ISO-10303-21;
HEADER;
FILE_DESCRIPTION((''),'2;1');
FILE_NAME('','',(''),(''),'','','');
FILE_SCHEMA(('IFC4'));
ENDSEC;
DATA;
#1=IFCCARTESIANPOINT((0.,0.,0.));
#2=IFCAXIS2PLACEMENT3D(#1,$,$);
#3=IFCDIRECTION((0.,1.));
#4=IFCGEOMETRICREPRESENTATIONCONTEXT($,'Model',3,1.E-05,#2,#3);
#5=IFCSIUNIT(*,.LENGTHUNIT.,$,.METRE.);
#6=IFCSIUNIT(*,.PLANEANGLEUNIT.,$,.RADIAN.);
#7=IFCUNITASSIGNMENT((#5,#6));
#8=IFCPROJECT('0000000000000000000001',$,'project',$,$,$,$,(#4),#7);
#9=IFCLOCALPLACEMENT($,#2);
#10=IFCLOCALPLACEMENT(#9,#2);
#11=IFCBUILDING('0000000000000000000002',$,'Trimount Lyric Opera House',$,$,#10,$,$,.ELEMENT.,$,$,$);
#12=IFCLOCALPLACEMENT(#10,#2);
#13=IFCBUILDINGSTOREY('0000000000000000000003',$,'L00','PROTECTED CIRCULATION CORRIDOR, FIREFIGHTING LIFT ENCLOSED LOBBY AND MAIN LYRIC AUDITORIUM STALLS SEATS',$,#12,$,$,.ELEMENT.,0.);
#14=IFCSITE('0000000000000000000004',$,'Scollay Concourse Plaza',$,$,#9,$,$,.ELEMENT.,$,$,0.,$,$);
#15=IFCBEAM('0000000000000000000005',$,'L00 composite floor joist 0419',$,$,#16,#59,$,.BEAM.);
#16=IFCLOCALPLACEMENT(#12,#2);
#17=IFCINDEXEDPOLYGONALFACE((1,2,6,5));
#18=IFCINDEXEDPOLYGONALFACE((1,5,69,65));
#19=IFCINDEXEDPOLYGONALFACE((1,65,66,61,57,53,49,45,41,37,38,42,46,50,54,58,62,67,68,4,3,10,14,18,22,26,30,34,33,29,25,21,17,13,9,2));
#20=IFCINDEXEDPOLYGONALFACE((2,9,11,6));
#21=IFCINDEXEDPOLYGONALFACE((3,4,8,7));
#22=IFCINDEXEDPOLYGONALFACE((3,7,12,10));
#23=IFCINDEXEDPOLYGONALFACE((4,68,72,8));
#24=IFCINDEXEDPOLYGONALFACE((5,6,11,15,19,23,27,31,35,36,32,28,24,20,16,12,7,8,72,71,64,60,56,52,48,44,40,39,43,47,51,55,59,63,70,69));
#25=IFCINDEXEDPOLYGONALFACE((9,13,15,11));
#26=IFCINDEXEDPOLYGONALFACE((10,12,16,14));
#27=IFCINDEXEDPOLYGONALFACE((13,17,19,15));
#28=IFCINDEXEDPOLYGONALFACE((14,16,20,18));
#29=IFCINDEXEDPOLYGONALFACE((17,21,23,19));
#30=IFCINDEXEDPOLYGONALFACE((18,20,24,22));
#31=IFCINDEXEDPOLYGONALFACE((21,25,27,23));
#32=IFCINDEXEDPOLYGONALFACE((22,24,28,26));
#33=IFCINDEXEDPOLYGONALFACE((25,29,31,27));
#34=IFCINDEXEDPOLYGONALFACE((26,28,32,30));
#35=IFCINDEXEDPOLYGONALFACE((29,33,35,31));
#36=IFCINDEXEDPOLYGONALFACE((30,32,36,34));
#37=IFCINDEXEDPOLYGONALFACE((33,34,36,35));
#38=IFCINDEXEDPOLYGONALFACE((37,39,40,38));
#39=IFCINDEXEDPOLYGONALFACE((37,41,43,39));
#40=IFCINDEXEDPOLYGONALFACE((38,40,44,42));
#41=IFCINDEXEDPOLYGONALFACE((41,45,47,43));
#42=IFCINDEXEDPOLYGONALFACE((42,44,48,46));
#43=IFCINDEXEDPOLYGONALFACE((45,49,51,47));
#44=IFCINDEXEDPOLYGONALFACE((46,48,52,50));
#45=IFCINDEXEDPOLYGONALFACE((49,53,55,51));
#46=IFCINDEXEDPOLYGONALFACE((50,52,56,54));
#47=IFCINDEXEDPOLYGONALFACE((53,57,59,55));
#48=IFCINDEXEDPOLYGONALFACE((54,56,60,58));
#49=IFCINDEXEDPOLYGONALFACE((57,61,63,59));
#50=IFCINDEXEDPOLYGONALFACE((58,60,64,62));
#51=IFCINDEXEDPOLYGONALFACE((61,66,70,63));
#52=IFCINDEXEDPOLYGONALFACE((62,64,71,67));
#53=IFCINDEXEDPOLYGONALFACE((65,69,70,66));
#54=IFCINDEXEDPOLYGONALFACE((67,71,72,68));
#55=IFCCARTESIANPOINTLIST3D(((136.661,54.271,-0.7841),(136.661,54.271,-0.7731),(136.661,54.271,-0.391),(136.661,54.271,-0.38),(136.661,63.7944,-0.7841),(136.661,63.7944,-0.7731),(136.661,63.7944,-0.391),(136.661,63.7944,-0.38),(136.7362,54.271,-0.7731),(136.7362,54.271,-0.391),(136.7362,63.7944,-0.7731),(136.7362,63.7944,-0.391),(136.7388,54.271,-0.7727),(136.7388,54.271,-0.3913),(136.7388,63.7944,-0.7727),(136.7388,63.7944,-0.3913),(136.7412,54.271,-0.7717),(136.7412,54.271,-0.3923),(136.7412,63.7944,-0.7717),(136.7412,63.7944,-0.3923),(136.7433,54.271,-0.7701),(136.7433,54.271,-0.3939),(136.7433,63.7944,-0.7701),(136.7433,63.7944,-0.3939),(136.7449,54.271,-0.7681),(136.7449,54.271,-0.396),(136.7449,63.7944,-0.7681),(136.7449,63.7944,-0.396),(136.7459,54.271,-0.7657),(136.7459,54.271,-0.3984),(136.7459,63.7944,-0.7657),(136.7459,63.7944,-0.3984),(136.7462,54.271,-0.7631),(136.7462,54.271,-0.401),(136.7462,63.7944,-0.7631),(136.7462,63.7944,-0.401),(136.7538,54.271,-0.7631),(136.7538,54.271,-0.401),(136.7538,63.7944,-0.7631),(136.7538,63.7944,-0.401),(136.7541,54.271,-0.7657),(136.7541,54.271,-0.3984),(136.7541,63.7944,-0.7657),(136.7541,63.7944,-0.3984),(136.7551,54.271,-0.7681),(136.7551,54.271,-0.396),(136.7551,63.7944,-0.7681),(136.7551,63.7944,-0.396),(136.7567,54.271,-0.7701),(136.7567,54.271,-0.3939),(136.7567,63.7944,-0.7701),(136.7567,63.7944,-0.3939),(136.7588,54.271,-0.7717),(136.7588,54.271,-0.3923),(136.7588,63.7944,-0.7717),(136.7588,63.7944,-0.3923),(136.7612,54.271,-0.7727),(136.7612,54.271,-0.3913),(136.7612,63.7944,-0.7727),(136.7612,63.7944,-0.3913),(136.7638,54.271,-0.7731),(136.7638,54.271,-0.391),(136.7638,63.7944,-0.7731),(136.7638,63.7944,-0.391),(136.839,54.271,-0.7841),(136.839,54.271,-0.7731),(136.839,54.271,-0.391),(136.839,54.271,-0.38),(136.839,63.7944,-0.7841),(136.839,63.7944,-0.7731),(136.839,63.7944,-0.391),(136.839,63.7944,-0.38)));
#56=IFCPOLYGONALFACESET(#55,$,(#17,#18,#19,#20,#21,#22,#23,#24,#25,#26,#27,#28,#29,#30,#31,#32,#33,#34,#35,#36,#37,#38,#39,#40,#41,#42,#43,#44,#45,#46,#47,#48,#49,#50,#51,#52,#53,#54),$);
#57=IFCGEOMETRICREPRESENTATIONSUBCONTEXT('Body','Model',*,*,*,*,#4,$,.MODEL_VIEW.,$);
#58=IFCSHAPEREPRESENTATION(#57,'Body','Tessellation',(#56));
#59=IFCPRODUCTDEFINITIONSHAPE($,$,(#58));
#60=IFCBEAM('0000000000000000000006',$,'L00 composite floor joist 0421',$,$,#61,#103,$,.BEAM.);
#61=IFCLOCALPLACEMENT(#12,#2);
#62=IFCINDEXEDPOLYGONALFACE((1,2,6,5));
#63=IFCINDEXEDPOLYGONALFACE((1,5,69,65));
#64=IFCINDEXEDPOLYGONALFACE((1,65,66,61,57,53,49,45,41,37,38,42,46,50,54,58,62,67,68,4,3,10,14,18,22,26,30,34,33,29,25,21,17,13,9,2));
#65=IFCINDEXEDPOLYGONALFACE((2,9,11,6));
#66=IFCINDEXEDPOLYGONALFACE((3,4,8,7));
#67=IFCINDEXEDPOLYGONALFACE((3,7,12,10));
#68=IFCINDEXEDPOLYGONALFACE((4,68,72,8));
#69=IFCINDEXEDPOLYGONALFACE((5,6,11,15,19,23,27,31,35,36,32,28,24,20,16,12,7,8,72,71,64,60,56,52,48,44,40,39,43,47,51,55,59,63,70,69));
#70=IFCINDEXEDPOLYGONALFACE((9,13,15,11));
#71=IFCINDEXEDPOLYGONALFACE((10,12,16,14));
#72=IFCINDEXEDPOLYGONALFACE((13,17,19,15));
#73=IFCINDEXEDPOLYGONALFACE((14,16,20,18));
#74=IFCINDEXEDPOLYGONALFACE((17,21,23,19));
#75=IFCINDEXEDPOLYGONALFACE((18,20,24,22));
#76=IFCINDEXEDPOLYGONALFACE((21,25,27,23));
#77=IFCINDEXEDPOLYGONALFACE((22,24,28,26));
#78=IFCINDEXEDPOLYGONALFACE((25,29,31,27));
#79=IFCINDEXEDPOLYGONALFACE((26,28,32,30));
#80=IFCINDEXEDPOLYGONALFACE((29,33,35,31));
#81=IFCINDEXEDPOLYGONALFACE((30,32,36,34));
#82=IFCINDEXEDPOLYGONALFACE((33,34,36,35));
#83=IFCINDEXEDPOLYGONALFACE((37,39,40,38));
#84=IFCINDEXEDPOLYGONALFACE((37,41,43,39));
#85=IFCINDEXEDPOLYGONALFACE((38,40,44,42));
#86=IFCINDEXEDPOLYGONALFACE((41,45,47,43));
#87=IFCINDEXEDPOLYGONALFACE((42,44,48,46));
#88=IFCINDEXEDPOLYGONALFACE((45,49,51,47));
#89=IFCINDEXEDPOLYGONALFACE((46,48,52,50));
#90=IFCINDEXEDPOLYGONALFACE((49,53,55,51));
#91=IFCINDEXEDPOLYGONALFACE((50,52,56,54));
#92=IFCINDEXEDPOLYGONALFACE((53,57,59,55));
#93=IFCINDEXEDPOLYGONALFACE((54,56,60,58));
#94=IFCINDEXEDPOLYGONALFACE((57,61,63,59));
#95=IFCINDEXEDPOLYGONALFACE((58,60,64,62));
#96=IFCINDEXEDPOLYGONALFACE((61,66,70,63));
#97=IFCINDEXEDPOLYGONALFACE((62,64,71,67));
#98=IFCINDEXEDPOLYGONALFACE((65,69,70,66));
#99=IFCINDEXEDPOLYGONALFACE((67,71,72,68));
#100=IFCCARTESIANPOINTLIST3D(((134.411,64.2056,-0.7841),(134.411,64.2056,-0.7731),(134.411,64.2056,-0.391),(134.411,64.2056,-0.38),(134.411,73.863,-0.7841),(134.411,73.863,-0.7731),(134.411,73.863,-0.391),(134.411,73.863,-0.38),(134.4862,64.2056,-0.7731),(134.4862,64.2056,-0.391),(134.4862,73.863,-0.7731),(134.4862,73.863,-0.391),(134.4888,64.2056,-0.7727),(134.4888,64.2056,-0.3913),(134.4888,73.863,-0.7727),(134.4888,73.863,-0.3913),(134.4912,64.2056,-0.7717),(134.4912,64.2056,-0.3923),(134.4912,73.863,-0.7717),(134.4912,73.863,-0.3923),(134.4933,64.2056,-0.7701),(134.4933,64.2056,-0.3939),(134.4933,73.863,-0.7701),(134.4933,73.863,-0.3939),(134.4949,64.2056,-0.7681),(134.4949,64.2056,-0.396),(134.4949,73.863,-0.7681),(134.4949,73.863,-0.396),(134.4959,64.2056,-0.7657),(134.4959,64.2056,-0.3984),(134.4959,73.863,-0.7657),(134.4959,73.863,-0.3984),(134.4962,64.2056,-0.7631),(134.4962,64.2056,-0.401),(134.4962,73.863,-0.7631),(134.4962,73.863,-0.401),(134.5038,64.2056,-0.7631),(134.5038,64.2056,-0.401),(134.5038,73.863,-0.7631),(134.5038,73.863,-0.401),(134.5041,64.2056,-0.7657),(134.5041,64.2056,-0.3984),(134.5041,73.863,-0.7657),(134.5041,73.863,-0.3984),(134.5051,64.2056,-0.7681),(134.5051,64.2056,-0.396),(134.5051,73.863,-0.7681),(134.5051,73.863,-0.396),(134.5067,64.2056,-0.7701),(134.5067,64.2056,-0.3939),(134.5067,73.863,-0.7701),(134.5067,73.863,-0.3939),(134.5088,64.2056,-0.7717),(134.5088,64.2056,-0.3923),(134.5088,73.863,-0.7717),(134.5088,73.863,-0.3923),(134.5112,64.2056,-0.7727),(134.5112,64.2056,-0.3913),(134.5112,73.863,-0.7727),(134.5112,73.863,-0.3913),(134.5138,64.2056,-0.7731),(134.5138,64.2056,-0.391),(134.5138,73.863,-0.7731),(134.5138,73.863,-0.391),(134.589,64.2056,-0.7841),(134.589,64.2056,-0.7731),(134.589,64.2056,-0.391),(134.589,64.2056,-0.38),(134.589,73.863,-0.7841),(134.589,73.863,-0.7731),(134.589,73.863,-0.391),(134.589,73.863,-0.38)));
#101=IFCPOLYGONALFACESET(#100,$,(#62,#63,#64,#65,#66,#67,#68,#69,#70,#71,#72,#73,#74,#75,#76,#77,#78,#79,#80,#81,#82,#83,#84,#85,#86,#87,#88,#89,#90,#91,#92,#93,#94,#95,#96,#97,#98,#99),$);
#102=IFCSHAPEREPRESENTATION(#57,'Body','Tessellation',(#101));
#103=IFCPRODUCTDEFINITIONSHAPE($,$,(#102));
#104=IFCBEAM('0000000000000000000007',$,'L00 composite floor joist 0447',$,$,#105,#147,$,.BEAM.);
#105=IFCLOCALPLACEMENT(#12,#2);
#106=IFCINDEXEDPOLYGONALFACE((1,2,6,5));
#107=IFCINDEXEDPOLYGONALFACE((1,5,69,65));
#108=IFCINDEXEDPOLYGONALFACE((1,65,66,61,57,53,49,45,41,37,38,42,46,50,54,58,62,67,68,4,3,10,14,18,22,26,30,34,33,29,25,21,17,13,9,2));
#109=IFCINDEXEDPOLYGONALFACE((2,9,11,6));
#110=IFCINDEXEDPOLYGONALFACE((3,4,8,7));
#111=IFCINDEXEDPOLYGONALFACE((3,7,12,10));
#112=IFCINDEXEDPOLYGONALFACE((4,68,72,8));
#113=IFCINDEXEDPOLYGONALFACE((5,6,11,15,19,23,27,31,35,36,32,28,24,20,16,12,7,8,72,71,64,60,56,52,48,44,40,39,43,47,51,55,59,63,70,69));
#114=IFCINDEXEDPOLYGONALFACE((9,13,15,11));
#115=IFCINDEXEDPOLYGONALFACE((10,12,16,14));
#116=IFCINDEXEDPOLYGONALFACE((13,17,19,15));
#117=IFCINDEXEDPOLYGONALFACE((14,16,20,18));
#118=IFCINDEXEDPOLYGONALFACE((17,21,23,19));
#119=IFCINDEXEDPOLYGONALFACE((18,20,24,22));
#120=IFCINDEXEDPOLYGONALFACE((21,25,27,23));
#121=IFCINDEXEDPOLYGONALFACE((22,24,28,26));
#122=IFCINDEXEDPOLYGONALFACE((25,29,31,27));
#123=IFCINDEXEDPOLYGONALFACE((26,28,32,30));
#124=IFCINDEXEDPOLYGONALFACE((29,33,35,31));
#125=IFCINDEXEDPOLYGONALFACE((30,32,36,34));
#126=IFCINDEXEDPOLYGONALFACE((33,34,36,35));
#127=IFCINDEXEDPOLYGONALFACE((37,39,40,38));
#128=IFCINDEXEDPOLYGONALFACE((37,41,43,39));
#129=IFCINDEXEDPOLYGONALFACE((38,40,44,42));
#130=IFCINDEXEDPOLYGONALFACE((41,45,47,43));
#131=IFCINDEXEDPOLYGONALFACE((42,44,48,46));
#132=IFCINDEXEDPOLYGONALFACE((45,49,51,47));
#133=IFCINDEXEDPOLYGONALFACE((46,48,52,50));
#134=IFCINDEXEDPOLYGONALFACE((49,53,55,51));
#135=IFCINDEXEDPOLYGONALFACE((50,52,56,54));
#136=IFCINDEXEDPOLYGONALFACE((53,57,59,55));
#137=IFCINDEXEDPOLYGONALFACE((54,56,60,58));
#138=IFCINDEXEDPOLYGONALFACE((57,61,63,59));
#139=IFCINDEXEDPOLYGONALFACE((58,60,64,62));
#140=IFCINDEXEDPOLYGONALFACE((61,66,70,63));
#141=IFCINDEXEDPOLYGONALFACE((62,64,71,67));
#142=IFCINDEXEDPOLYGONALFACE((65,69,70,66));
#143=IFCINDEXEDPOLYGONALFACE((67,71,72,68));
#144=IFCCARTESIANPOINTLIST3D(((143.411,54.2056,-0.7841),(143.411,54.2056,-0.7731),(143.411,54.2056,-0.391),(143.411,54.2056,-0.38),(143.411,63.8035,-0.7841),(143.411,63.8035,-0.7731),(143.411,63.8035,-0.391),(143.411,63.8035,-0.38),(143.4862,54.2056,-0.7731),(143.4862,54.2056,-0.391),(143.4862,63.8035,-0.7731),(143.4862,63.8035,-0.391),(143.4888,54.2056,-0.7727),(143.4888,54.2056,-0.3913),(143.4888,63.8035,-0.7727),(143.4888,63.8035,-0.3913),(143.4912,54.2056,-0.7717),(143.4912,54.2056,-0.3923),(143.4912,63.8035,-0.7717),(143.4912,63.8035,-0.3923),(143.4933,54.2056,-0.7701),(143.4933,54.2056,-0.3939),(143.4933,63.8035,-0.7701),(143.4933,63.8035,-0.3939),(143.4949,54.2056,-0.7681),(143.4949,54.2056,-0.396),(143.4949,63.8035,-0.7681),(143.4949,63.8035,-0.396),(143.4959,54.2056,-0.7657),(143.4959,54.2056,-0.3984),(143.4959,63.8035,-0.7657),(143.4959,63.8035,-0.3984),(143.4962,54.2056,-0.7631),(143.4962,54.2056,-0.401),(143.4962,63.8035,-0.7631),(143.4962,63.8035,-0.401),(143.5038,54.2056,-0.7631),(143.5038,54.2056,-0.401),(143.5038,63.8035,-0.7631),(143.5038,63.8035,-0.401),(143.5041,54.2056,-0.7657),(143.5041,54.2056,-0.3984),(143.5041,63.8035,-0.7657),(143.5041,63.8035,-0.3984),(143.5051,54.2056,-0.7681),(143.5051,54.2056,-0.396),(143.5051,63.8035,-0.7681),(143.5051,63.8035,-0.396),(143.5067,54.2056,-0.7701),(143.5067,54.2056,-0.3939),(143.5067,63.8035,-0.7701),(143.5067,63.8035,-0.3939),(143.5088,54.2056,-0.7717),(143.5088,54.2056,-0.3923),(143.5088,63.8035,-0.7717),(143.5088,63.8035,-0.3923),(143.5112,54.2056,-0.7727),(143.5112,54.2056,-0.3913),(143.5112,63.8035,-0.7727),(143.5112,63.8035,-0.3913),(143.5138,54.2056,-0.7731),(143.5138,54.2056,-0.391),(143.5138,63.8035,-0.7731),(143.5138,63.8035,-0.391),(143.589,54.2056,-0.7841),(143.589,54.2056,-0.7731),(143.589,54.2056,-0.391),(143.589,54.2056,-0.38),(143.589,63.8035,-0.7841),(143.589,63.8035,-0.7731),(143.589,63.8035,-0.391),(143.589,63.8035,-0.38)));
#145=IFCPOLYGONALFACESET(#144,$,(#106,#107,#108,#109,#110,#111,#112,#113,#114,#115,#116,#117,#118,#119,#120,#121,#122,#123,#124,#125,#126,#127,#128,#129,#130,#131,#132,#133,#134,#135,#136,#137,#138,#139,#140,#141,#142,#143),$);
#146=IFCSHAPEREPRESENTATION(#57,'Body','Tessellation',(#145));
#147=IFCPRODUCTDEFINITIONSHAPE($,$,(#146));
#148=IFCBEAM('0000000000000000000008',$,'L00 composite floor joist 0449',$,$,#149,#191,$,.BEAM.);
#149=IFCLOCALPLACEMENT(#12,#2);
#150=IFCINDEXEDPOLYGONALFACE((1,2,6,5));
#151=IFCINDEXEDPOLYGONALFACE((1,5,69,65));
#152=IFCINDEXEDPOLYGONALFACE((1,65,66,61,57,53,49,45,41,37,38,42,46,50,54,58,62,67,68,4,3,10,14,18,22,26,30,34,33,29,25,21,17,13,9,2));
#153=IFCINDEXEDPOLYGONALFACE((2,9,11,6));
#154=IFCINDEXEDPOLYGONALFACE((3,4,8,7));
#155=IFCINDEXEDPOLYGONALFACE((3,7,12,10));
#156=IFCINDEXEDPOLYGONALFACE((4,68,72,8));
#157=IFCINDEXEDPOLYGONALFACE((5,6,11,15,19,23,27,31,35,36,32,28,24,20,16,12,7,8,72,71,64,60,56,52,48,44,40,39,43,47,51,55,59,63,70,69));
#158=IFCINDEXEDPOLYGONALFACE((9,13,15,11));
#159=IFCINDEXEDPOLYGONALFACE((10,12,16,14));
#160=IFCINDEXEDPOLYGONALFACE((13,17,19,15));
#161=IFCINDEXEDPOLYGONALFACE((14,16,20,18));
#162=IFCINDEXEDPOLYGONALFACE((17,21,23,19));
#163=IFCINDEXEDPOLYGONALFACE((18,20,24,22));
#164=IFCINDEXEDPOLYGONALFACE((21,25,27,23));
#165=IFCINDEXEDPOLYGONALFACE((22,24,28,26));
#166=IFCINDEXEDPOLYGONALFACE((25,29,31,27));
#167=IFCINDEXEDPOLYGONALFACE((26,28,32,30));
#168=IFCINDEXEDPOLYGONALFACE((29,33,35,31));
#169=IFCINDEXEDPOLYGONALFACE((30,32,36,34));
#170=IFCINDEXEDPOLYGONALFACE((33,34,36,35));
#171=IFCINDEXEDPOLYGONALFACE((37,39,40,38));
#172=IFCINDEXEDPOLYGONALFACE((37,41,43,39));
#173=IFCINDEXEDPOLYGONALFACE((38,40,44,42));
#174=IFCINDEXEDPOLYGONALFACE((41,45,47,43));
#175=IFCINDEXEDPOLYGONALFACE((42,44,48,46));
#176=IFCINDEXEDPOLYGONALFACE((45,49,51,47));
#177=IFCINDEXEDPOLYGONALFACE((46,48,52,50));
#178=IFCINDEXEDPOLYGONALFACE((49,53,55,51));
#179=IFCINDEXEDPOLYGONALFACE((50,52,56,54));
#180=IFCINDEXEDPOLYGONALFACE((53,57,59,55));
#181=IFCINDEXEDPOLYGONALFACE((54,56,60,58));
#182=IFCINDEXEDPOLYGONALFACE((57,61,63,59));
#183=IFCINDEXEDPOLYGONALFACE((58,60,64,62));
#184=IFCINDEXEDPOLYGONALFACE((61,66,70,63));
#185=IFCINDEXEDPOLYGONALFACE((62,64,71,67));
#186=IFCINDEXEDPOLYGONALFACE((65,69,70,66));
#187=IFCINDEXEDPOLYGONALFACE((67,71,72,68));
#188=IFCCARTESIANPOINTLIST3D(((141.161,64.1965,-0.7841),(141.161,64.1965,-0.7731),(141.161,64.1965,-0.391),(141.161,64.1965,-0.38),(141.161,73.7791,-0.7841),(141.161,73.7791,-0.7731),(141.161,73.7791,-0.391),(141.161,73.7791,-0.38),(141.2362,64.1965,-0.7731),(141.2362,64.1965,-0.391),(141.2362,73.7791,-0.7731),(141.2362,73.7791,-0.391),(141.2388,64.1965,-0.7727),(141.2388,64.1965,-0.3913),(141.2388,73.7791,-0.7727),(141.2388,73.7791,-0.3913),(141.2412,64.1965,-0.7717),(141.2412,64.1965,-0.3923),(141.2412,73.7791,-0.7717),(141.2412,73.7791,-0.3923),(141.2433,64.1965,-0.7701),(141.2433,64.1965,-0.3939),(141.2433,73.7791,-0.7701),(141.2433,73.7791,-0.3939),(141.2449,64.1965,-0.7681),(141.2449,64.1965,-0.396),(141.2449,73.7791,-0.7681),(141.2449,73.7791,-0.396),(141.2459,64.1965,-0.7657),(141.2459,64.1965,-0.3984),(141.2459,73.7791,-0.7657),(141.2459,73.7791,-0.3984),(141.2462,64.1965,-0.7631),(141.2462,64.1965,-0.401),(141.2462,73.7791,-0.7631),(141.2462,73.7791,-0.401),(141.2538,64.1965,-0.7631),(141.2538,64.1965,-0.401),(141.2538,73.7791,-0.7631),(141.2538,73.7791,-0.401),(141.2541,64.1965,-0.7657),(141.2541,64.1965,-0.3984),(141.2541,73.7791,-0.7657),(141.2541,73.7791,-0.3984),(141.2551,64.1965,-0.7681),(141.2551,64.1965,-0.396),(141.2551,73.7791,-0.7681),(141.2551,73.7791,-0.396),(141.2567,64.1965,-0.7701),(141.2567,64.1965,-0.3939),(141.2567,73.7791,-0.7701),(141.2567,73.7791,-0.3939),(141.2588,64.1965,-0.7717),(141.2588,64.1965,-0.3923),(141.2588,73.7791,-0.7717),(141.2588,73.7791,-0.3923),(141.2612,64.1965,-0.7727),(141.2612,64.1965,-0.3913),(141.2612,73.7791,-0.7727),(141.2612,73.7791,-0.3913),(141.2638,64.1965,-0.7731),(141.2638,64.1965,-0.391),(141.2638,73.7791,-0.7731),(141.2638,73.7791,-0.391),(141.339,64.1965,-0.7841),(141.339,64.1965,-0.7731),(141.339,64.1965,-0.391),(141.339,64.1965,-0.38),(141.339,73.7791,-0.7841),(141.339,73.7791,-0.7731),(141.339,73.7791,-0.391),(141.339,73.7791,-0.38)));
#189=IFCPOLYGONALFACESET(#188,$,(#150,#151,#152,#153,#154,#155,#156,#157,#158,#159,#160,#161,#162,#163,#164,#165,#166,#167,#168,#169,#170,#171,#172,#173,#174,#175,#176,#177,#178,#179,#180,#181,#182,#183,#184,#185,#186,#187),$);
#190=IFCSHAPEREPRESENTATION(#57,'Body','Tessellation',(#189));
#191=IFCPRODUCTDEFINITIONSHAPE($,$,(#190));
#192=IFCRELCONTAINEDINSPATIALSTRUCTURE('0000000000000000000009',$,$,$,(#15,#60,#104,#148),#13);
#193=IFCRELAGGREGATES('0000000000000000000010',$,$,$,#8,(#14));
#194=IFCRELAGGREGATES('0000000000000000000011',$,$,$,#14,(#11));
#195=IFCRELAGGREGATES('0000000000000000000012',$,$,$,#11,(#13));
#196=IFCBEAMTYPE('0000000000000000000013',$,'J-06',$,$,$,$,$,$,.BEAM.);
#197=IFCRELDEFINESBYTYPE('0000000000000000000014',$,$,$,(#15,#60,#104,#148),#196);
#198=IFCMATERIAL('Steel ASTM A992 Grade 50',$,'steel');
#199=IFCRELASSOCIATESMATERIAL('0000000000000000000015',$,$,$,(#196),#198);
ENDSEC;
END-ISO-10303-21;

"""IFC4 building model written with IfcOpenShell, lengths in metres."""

from ifc_helpers import new_model, si_unit, direction, frame, origin, origin_2d, place, context, subcontext, project, spatial, i_section, extrude, material, material_profile, profile_set, type_object, element, save


model = new_model("IFC4")

# Units and contexts
model_context = context("Model", 3, precision=1e-05, world=origin(), true_north=direction((0.0, 1.0)))
body_context = subcontext(model_context, "Body", "Model", "MODEL_VIEW")
ifc_project = project(units=[si_unit("LENGTHUNIT", "METRE"), si_unit("PLANEANGLEUNIT", "RADIAN")], contexts=[model_context])

# Site, building, storey
site_placement = place(None, origin())
site = spatial("IfcSite", under=ifc_project, at=site_placement, Name="Scollay Concourse Plaza", CompositionType="ELEMENT", RefElevation=0.0)
building_placement = place(site_placement, origin())
building = spatial("IfcBuilding", under=site, at=building_placement, Name="Trimount Lyric Opera House", CompositionType="ELEMENT")
storey_placement = place(building_placement, origin())
storey = spatial("IfcBuildingStorey", under=building, at=storey_placement, Name="L00", Description="PROTECTED CIRCULATION CORRIDOR, FIREFIGHTING LIFT ENCLOSED LOBBY AND MAIN LYRIC AUDITORIUM STALLS SEATS", CompositionType="ELEMENT", Elevation=0.0)

# Beams
ifc_material_1 = material(Name="Steel ASTM A992 Grade 50", Category="steel")
ifc_material_profile_1 = material_profile(ifc_material_1, i_section(OverallWidth=0.178, OverallDepth=0.4041, WebThickness=0.0076, FlangeThickness=0.011, FilletRadius=0.01, at=origin_2d()), Name="W16X36")
ifc_profile_set_1 = profile_set([ifc_material_profile_1], Name="Steel ASTM A992 Grade 50")
beam_type_1 = type_object("IfcBeamType", Name="J-06", PredefinedType="BEAM", material=ifc_profile_set_1)
beam_1_placement = place(storey_placement, frame((136.75, 54.271, -0.582), z_axis=(0.0, 1.0, 0.0), x_axis=(-1.0, 0.0, 0.0)))
element("IfcBeam", 1, at=beam_1_placement, inside=storey, type_object=beam_type_1, Name="L00 composite floor joist 0419", PredefinedType="BEAM", context=body_context, shape_type="SweptSolid", body=[
    extrude(i_section(OverallWidth=0.178, OverallDepth=0.4041, WebThickness=0.0076, FlangeThickness=0.011, FilletRadius=0.01, at=origin_2d()), origin(), (0.0, 0.0, 1.0), 9.5234),
])
beam_2_placement = place(storey_placement, frame((134.5, 64.2056, -0.582), z_axis=(0.0, 1.0, 0.0), x_axis=(-1.0, 0.0, 0.0)))
element("IfcBeam", 2, at=beam_2_placement, inside=storey, type_object=beam_type_1, Name="L00 composite floor joist 0421", PredefinedType="BEAM", context=body_context, shape_type="SweptSolid", body=[
    extrude(i_section(OverallWidth=0.178, OverallDepth=0.4041, WebThickness=0.0076, FlangeThickness=0.011, FilletRadius=0.01, at=origin_2d()), origin(), (0.0, 0.0, 1.0), 9.6575),
])
beam_3_placement = place(storey_placement, frame((143.5, 54.2056, -0.582), z_axis=(0.0, 1.0, 0.0), x_axis=(-1.0, 0.0, 0.0)))
element("IfcBeam", 3, at=beam_3_placement, inside=storey, type_object=beam_type_1, Name="L00 composite floor joist 0447", PredefinedType="BEAM", context=body_context, shape_type="SweptSolid", body=[
    extrude(i_section(OverallWidth=0.178, OverallDepth=0.4041, WebThickness=0.0076, FlangeThickness=0.011, FilletRadius=0.01, at=origin_2d()), origin(), (0.0, 0.0, 1.0), 9.5979),
])
beam_4_placement = place(storey_placement, frame((141.25, 64.1965, -0.582), z_axis=(0.0, 1.0, 0.0), x_axis=(-1.0, 0.0, 0.0)))
element("IfcBeam", 4, at=beam_4_placement, inside=storey, type_object=beam_type_1, Name="L00 composite floor joist 0449", PredefinedType="BEAM", context=body_context, shape_type="SweptSolid", body=[
    extrude(i_section(OverallWidth=0.178, OverallDepth=0.4041, WebThickness=0.0076, FlangeThickness=0.011, FilletRadius=0.01, at=origin_2d()), origin(), (0.0, 0.0, 1.0), 9.5825),
])

save(model, "model.ifc")
